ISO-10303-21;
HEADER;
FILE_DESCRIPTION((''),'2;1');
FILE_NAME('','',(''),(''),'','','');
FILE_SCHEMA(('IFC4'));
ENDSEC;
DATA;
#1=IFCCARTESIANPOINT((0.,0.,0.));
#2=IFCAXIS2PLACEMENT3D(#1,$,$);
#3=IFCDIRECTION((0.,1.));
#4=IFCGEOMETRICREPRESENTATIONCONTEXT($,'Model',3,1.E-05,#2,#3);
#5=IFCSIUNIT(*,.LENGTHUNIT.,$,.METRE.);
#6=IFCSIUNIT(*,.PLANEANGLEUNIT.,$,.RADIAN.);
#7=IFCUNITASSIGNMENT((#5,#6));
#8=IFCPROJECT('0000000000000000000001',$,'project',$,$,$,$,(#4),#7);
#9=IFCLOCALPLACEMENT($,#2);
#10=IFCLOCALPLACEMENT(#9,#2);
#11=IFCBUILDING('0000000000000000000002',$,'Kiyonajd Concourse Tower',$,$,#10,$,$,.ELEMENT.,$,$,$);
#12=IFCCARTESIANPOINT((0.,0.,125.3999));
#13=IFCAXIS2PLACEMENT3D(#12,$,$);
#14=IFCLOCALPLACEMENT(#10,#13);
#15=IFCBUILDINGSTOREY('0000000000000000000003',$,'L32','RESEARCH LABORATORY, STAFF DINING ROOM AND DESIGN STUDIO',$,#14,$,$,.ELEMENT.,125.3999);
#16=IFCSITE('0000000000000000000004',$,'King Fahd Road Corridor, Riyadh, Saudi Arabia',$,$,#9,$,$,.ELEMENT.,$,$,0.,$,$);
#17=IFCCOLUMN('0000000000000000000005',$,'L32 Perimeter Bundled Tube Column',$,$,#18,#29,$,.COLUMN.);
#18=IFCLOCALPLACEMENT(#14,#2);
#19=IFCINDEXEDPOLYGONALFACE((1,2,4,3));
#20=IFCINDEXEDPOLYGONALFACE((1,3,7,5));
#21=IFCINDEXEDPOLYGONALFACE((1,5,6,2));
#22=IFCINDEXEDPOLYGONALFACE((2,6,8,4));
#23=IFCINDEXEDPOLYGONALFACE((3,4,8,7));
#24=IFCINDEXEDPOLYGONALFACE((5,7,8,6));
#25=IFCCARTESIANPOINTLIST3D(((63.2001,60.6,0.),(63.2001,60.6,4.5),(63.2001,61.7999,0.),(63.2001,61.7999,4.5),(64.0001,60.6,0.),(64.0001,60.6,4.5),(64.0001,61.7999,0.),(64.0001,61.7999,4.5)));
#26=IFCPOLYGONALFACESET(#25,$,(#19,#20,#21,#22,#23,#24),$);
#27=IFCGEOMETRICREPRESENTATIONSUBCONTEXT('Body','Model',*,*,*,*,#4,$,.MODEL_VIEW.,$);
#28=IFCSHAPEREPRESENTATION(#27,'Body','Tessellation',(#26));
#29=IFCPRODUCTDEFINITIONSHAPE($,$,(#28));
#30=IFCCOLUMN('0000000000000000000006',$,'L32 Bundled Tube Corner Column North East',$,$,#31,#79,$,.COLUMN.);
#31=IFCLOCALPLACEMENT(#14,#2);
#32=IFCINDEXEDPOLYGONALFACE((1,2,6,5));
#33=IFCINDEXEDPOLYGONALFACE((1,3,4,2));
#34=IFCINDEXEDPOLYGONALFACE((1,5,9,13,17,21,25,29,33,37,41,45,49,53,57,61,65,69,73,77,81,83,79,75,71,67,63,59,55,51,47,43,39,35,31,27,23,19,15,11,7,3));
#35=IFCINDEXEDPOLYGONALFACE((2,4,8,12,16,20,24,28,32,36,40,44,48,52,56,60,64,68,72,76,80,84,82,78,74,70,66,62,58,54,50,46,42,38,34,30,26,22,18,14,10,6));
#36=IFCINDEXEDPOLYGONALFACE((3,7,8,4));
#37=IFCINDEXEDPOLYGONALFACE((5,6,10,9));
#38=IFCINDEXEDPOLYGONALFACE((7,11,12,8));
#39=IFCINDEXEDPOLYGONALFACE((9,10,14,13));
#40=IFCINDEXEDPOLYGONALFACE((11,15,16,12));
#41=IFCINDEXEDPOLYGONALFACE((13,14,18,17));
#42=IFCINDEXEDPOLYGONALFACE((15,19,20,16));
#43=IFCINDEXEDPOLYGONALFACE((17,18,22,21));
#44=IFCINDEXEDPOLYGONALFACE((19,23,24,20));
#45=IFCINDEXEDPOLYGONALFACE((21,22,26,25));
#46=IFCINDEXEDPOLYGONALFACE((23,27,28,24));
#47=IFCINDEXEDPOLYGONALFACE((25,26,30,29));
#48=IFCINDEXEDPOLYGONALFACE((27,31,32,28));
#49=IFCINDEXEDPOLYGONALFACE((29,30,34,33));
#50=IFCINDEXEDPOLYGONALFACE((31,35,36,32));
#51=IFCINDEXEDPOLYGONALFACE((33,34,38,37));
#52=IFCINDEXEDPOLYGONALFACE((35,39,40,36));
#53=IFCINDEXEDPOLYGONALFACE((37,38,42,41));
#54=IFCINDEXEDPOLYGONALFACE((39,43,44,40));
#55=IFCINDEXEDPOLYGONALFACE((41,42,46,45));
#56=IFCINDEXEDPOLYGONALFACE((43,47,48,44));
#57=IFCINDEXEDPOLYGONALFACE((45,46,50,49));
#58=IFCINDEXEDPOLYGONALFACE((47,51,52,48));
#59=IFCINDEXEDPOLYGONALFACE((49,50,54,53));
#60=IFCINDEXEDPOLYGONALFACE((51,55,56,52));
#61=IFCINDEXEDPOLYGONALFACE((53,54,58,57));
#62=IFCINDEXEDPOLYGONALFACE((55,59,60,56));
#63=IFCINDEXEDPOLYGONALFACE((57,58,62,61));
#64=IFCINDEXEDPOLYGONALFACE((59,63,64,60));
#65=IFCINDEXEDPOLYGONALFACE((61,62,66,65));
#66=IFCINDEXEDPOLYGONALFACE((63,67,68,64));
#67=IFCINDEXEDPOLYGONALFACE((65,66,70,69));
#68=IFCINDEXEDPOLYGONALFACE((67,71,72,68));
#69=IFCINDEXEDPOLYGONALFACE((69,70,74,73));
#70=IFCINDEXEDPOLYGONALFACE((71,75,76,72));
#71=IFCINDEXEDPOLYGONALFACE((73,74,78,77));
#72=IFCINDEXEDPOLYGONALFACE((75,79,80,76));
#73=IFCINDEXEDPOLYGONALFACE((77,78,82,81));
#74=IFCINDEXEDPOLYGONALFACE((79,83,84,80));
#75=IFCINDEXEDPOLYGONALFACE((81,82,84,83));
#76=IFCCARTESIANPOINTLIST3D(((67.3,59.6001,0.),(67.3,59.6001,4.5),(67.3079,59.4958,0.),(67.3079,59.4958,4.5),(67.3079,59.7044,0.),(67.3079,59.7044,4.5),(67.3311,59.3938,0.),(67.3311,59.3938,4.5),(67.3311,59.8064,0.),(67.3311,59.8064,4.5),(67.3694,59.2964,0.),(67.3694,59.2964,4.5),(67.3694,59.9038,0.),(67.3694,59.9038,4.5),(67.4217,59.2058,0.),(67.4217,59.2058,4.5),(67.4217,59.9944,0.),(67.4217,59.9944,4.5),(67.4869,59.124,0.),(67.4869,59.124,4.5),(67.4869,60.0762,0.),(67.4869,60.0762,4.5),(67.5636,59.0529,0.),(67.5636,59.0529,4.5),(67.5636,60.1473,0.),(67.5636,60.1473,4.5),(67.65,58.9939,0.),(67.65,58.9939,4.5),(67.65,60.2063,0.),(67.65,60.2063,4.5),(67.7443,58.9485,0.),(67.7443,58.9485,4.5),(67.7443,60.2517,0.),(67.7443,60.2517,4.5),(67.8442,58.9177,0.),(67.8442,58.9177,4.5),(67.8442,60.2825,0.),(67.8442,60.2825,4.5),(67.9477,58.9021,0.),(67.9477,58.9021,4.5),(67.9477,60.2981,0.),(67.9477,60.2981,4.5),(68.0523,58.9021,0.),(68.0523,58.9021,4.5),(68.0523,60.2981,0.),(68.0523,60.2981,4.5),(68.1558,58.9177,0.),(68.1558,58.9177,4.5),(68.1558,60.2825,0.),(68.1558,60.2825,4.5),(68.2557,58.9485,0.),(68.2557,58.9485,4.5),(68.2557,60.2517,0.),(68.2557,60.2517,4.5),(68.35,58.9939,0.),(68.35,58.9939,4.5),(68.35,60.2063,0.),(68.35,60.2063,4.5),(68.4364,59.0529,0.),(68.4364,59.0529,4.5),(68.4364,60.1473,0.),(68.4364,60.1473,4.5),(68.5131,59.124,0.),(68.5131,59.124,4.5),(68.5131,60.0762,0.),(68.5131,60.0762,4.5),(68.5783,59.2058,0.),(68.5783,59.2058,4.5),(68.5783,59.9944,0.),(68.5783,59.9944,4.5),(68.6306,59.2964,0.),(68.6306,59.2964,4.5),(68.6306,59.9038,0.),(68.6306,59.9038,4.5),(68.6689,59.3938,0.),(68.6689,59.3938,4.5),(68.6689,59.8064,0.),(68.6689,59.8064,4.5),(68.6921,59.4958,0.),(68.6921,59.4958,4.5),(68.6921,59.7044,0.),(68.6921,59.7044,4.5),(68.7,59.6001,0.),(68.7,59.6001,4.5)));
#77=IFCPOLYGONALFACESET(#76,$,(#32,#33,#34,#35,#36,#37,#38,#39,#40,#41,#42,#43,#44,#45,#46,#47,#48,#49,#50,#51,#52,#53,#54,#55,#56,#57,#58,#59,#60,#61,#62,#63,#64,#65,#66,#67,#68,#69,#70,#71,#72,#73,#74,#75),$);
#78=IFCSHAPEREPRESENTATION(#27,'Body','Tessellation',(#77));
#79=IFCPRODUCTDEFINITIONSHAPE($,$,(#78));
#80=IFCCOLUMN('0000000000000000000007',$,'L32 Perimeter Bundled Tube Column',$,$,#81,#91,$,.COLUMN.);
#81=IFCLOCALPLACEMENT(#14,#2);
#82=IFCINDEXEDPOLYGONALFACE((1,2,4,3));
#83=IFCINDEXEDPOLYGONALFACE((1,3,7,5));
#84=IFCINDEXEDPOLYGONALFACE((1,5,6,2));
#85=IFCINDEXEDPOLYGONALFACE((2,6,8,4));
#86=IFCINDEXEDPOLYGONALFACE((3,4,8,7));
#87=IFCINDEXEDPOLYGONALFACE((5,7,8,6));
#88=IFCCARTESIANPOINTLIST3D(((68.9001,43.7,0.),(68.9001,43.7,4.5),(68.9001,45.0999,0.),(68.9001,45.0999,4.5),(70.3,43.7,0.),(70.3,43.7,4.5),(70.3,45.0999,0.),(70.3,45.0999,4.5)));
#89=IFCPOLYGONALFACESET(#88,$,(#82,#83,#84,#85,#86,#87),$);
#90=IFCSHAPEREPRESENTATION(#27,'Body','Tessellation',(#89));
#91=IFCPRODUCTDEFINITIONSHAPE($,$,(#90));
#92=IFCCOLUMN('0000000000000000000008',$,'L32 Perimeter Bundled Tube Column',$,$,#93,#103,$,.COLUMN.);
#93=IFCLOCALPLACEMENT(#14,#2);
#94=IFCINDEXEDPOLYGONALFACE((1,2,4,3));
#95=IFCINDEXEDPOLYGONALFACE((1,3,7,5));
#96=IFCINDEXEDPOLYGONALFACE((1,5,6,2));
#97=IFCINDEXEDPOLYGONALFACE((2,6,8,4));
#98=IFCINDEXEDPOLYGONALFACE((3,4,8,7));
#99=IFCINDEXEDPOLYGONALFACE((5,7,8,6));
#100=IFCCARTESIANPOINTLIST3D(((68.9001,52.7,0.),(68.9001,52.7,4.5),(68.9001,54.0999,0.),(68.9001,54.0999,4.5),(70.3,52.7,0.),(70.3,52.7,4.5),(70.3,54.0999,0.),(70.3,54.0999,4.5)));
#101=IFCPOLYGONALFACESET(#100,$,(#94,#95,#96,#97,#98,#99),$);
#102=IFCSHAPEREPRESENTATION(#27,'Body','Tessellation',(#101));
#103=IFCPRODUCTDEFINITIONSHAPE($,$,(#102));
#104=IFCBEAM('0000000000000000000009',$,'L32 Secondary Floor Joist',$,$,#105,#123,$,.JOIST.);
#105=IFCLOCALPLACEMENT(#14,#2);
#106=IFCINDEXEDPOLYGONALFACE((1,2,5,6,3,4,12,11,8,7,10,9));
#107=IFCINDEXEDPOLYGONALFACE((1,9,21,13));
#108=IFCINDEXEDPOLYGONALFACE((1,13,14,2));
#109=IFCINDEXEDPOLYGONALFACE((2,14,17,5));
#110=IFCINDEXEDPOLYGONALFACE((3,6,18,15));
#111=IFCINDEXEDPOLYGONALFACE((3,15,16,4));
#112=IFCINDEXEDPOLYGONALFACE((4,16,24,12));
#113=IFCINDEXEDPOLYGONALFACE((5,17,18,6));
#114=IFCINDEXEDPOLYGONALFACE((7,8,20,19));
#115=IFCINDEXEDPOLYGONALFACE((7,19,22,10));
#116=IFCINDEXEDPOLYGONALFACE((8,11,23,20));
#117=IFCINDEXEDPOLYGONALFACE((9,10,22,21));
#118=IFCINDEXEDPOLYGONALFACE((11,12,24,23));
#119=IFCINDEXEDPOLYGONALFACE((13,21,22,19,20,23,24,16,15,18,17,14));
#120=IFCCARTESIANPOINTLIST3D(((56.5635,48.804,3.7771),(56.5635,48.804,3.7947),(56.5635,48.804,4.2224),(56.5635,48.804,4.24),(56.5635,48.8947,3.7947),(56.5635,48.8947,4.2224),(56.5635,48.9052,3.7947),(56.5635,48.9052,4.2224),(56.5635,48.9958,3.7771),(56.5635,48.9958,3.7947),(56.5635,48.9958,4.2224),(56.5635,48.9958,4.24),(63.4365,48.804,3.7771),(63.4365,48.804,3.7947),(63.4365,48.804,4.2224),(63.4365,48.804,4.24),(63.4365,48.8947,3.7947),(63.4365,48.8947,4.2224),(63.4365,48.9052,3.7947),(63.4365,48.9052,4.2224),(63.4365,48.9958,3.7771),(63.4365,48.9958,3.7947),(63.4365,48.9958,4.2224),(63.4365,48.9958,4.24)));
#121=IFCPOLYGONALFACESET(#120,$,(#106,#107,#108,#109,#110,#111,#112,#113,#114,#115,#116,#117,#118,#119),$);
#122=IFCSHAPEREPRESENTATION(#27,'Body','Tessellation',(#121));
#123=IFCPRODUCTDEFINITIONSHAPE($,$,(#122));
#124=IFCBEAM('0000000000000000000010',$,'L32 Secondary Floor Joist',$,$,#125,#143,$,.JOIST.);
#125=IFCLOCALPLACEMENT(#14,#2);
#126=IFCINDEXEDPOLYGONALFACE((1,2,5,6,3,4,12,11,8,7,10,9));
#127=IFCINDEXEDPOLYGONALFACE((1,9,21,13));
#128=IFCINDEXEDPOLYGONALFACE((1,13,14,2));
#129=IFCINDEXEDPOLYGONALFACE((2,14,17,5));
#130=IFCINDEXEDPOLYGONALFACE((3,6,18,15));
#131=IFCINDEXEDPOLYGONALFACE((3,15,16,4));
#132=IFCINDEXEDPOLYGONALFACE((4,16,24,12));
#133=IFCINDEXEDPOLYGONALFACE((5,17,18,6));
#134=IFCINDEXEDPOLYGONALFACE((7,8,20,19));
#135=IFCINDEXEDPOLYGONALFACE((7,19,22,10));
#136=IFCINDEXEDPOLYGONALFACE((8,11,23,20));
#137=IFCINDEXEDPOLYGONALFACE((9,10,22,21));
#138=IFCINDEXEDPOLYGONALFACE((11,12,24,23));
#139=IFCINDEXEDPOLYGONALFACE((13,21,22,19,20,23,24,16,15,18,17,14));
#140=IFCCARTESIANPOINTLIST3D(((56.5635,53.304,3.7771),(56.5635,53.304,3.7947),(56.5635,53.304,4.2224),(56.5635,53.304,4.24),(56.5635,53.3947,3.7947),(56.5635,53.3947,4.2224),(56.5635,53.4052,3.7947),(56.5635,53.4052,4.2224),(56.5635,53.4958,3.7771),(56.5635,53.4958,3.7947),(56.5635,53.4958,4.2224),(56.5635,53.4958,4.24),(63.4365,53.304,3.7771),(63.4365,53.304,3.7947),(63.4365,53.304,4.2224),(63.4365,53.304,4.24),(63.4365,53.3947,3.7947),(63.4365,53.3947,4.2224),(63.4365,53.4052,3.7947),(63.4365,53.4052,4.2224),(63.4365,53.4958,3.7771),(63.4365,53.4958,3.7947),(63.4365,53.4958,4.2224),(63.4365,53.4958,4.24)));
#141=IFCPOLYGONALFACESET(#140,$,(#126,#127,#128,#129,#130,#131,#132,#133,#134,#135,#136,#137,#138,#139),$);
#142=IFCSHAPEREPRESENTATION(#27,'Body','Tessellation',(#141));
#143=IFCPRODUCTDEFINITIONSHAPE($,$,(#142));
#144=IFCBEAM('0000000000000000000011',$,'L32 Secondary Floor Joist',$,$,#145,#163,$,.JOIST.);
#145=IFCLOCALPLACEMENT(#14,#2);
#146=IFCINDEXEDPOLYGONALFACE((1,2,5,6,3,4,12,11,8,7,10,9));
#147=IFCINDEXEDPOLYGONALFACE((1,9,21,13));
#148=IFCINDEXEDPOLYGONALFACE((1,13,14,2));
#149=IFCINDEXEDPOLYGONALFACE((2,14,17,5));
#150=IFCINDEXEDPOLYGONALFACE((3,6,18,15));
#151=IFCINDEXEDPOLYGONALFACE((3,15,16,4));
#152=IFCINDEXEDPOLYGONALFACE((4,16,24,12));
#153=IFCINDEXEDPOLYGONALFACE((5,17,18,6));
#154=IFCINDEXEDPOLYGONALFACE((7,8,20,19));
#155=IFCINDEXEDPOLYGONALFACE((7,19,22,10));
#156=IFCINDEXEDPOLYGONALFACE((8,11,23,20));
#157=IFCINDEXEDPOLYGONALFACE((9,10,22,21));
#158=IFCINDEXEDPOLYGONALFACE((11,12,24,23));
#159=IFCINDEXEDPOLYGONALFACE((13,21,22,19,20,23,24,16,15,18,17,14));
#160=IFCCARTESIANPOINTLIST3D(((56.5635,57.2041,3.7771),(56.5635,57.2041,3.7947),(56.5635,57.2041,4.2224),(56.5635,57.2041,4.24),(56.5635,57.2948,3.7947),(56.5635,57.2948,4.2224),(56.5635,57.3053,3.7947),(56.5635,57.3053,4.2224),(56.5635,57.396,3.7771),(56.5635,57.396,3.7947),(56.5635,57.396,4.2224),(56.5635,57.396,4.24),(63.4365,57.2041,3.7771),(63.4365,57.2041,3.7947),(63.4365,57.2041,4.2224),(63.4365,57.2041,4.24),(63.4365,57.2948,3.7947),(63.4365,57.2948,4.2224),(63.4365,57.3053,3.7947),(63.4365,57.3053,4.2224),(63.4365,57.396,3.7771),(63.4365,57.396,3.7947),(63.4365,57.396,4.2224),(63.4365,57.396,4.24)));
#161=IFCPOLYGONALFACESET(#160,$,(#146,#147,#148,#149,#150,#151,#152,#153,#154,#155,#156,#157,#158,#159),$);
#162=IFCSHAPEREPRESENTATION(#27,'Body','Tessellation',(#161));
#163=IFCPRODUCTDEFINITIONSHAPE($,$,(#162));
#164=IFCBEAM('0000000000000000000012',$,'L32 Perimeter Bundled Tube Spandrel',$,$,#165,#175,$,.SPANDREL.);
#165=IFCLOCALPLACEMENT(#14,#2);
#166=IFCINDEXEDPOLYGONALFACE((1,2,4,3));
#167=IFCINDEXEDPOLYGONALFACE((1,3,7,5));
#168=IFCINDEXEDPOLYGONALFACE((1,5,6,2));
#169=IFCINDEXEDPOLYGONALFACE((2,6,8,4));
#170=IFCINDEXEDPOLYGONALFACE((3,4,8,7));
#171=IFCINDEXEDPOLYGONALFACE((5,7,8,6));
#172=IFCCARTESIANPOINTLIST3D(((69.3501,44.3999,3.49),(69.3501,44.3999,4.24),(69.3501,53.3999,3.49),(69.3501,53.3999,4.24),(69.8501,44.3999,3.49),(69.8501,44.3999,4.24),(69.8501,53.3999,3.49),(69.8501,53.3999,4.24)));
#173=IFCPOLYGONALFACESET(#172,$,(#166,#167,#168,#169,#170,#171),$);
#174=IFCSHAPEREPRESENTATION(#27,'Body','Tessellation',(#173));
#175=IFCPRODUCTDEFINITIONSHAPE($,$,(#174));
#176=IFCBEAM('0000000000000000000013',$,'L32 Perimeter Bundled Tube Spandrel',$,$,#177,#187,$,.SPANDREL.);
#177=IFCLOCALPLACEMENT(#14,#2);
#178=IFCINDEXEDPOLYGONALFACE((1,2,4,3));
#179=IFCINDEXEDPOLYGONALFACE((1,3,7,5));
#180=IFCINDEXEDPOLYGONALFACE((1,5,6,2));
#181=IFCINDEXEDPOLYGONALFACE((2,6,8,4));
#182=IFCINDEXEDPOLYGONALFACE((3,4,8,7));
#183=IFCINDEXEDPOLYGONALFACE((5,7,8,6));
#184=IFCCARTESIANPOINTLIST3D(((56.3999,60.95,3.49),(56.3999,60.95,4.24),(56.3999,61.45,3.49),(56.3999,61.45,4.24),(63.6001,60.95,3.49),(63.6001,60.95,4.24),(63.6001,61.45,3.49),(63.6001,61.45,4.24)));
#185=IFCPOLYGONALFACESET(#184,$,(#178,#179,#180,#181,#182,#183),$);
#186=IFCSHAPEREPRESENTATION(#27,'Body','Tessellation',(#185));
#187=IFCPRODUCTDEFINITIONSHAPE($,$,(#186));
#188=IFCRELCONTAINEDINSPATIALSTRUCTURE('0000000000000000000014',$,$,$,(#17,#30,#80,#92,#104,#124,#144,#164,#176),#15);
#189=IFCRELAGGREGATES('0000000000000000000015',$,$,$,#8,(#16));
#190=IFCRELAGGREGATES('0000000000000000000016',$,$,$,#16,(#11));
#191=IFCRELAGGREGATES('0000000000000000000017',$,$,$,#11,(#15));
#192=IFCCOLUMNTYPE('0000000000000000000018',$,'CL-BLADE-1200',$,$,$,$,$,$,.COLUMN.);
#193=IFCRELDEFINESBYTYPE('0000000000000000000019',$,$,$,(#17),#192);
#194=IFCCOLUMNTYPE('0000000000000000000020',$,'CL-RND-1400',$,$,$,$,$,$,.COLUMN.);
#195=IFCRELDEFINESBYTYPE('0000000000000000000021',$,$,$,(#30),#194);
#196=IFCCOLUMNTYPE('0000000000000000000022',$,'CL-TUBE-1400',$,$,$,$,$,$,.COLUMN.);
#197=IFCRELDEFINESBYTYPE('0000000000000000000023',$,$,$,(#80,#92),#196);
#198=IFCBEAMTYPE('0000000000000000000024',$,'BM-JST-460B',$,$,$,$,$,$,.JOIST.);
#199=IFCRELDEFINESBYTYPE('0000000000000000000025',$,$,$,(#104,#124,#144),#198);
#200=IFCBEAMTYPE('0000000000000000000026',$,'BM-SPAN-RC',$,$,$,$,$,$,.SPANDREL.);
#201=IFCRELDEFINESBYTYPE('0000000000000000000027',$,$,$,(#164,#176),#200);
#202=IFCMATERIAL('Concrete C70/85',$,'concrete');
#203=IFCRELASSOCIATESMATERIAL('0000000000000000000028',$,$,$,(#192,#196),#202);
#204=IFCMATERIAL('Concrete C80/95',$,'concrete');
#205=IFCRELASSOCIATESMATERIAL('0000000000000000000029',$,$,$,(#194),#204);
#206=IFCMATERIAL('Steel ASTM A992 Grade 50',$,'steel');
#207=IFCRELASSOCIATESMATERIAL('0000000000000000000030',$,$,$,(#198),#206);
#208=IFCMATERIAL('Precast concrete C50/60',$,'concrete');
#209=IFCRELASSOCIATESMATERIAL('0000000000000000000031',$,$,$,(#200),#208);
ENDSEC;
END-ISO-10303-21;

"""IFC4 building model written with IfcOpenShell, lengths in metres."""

from ifc_helpers import new_model, si_unit, direction, frame, origin, origin_2d, place, context, subcontext, project, spatial, rectangle, circle, i_section, extrude, material, material_profile, profile_set, type_object, element, save


model = new_model("IFC4")

# Units and contexts
model_context = context("Model", 3, precision=1e-05, world=origin(), true_north=direction((0.0, 1.0)))
body_context = subcontext(model_context, "Body", "Model", "MODEL_VIEW")
ifc_project = project(units=[si_unit("LENGTHUNIT", "METRE"), si_unit("PLANEANGLEUNIT", "RADIAN")], contexts=[model_context])

# Site, building, storey
site_placement = place(None, origin())
site = spatial("IfcSite", under=ifc_project, at=site_placement, Name="King Fahd Road Corridor, Riyadh, Saudi Arabia", CompositionType="ELEMENT", RefElevation=0.0)
building_placement = place(site_placement, origin())
building = spatial("IfcBuilding", under=site, at=building_placement, Name="Kiyonajd Concourse Tower", CompositionType="ELEMENT")
storey_placement = place(building_placement, frame((0.0, 0.0, 125.3999)))
storey = spatial("IfcBuildingStorey", under=building, at=storey_placement, Name="L32", Description="RESEARCH LABORATORY, STAFF DINING ROOM AND DESIGN STUDIO", CompositionType="ELEMENT", Elevation=125.3999)

# Columns
ifc_material_1 = material(Name="Concrete C70/85", Category="concrete")
ifc_material_profile_1 = material_profile(ifc_material_1, rectangle(XDim=0.8, YDim=1.2, at=origin_2d()), Name="RC-1200x800")
ifc_profile_set_1 = profile_set([ifc_material_profile_1], Name="Concrete C70/85")
column_type_1 = type_object("IfcColumnType", Name="CL-BLADE-1200", PredefinedType="COLUMN", material=ifc_profile_set_1)
column_1_placement = place(storey_placement, frame((63.6001, 61.2, 0.0), z_axis=(0.0, 0.0, 1.0), x_axis=(1.0, 0.0, 0.0)))
element("IfcColumn", 1, at=column_1_placement, inside=storey, type_object=column_type_1, Name="L32 Perimeter Bundled Tube Column", PredefinedType="COLUMN", context=body_context, shape_type="SweptSolid", body=[
    extrude(rectangle(XDim=0.8, YDim=1.2, at=origin_2d()), origin(), (0.0, 0.0, 1.0), 4.5),
])
ifc_material_2 = material(Name="Concrete C80/95", Category="concrete")
ifc_material_profile_2 = material_profile(ifc_material_2, circle(Radius=0.7, at=origin_2d()), Name="RCC-D1400")
ifc_profile_set_2 = profile_set([ifc_material_profile_2], Name="Concrete C80/95")
column_type_2 = type_object("IfcColumnType", Name="CL-RND-1400", PredefinedType="COLUMN", material=ifc_profile_set_2)
column_2_placement = place(storey_placement, frame((68.0, 59.6001, 0.0), z_axis=(0.0, 0.0, 1.0), x_axis=(1.0, 0.0, 0.0)))
element("IfcColumn", 2, at=column_2_placement, inside=storey, type_object=column_type_2, Name="L32 Bundled Tube Corner Column North East", PredefinedType="COLUMN", context=body_context, shape_type="SweptSolid", body=[
    extrude(circle(Radius=0.7, at=origin_2d()), origin(), (0.0, 0.0, 1.0), 4.5),
])
ifc_material_profile_3 = material_profile(ifc_material_1, rectangle(XDim=1.3999, YDim=1.3999, at=origin_2d()), Name="RC-1400x1400")
ifc_profile_set_3 = profile_set([ifc_material_profile_3], Name="Concrete C70/85")
column_type_3 = type_object("IfcColumnType", Name="CL-TUBE-1400", PredefinedType="COLUMN", material=ifc_profile_set_3)
for number, where, z_axis, x_axis, name in (
    (3, (69.6001, 44.3999, 0.0), (0.0, 0.0, 1.0), (1.0, 0.0, 0.0), "L32 Perimeter Bundled Tube Column"),
    (4, (69.6001, 53.3999, 0.0), (0.0, 0.0, 1.0), (1.0, 0.0, 0.0), "L32 Perimeter Bundled Tube Column"),
):
    element("IfcColumn", number, at=place(storey_placement, frame(where, z_axis=z_axis, x_axis=x_axis)), inside=storey, type_object=column_type_3, Name=name, PredefinedType="COLUMN", context=body_context, shape_type="SweptSolid", body=[
        extrude(rectangle(XDim=1.3999, YDim=1.3999, at=origin_2d()), origin(), (0.0, 0.0, 1.0), 4.5),
    ])

# Beams
ifc_material_3 = material(Name="Steel ASTM A992 Grade 50", Category="steel")
ifc_material_profile_4 = material_profile(ifc_material_3, i_section(OverallWidth=0.1919, OverallDepth=0.4629, WebThickness=0.0105, FlangeThickness=0.0176, at=origin_2d()), Name="W460X89")
ifc_profile_set_4 = profile_set([ifc_material_profile_4], Name="Steel ASTM A992 Grade 50")
beam_type_1 = type_object("IfcBeamType", Name="BM-JST-460B", PredefinedType="JOIST", material=ifc_profile_set_4)
for number, where, z_axis, x_axis, name in (
    (5, (56.5635, 48.8999, 4.0085), (1.0, 0.0, 0.0), (0.0, 1.0, 0.0), "L32 Secondary Floor Joist"),
    (6, (56.5635, 53.3999, 4.0085), (1.0, 0.0, 0.0), (0.0, 1.0, 0.0), "L32 Secondary Floor Joist"),
    (7, (56.5635, 57.3, 4.0085), (1.0, 0.0, 0.0), (0.0, 1.0, 0.0), "L32 Secondary Floor Joist"),
):
    element("IfcBeam", number, at=place(storey_placement, frame(where, z_axis=z_axis, x_axis=x_axis)), inside=storey, type_object=beam_type_1, Name=name, PredefinedType="JOIST", context=body_context, shape_type="SweptSolid", body=[
        extrude(i_section(OverallWidth=0.1919, OverallDepth=0.4629, WebThickness=0.0105, FlangeThickness=0.0176, at=origin_2d()), origin(), (0.0, 0.0, 1.0), 6.873),
    ])
ifc_material_4 = material(Name="Precast concrete C50/60", Category="concrete")
ifc_material_profile_5 = material_profile(ifc_material_4, rectangle(XDim=0.5, YDim=0.75, at=origin_2d()), Name="RCBM-500x750")
ifc_profile_set_5 = profile_set([ifc_material_profile_5], Name="Precast concrete C50/60")
beam_type_2 = type_object("IfcBeamType", Name="BM-SPAN-RC", PredefinedType="SPANDREL", material=ifc_profile_set_5)
beam_1_placement = place(storey_placement, frame((69.6001, 44.3999, 3.865), z_axis=(0.0, 1.0, 0.0), x_axis=(-1.0, 0.0, 0.0)))
element("IfcBeam", 8, at=beam_1_placement, inside=storey, type_object=beam_type_2, Name="L32 Perimeter Bundled Tube Spandrel", PredefinedType="SPANDREL", context=body_context, shape_type="SweptSolid", body=[
    extrude(rectangle(XDim=0.5, YDim=0.75, at=origin_2d()), origin(), (0.0, 0.0, 1.0), 9.0),
])
beam_2_placement = place(storey_placement, frame((63.6001, 61.2, 3.865), z_axis=(-1.0, 0.0, 0.0), x_axis=(0.0, -1.0, 0.0)))
element("IfcBeam", 9, at=beam_2_placement, inside=storey, type_object=beam_type_2, Name="L32 Perimeter Bundled Tube Spandrel", PredefinedType="SPANDREL", context=body_context, shape_type="SweptSolid", body=[
    extrude(rectangle(XDim=0.5, YDim=0.75, at=origin_2d()), origin(), (0.0, 0.0, 1.0), 7.2002),
])

save(model, "model.ifc")
